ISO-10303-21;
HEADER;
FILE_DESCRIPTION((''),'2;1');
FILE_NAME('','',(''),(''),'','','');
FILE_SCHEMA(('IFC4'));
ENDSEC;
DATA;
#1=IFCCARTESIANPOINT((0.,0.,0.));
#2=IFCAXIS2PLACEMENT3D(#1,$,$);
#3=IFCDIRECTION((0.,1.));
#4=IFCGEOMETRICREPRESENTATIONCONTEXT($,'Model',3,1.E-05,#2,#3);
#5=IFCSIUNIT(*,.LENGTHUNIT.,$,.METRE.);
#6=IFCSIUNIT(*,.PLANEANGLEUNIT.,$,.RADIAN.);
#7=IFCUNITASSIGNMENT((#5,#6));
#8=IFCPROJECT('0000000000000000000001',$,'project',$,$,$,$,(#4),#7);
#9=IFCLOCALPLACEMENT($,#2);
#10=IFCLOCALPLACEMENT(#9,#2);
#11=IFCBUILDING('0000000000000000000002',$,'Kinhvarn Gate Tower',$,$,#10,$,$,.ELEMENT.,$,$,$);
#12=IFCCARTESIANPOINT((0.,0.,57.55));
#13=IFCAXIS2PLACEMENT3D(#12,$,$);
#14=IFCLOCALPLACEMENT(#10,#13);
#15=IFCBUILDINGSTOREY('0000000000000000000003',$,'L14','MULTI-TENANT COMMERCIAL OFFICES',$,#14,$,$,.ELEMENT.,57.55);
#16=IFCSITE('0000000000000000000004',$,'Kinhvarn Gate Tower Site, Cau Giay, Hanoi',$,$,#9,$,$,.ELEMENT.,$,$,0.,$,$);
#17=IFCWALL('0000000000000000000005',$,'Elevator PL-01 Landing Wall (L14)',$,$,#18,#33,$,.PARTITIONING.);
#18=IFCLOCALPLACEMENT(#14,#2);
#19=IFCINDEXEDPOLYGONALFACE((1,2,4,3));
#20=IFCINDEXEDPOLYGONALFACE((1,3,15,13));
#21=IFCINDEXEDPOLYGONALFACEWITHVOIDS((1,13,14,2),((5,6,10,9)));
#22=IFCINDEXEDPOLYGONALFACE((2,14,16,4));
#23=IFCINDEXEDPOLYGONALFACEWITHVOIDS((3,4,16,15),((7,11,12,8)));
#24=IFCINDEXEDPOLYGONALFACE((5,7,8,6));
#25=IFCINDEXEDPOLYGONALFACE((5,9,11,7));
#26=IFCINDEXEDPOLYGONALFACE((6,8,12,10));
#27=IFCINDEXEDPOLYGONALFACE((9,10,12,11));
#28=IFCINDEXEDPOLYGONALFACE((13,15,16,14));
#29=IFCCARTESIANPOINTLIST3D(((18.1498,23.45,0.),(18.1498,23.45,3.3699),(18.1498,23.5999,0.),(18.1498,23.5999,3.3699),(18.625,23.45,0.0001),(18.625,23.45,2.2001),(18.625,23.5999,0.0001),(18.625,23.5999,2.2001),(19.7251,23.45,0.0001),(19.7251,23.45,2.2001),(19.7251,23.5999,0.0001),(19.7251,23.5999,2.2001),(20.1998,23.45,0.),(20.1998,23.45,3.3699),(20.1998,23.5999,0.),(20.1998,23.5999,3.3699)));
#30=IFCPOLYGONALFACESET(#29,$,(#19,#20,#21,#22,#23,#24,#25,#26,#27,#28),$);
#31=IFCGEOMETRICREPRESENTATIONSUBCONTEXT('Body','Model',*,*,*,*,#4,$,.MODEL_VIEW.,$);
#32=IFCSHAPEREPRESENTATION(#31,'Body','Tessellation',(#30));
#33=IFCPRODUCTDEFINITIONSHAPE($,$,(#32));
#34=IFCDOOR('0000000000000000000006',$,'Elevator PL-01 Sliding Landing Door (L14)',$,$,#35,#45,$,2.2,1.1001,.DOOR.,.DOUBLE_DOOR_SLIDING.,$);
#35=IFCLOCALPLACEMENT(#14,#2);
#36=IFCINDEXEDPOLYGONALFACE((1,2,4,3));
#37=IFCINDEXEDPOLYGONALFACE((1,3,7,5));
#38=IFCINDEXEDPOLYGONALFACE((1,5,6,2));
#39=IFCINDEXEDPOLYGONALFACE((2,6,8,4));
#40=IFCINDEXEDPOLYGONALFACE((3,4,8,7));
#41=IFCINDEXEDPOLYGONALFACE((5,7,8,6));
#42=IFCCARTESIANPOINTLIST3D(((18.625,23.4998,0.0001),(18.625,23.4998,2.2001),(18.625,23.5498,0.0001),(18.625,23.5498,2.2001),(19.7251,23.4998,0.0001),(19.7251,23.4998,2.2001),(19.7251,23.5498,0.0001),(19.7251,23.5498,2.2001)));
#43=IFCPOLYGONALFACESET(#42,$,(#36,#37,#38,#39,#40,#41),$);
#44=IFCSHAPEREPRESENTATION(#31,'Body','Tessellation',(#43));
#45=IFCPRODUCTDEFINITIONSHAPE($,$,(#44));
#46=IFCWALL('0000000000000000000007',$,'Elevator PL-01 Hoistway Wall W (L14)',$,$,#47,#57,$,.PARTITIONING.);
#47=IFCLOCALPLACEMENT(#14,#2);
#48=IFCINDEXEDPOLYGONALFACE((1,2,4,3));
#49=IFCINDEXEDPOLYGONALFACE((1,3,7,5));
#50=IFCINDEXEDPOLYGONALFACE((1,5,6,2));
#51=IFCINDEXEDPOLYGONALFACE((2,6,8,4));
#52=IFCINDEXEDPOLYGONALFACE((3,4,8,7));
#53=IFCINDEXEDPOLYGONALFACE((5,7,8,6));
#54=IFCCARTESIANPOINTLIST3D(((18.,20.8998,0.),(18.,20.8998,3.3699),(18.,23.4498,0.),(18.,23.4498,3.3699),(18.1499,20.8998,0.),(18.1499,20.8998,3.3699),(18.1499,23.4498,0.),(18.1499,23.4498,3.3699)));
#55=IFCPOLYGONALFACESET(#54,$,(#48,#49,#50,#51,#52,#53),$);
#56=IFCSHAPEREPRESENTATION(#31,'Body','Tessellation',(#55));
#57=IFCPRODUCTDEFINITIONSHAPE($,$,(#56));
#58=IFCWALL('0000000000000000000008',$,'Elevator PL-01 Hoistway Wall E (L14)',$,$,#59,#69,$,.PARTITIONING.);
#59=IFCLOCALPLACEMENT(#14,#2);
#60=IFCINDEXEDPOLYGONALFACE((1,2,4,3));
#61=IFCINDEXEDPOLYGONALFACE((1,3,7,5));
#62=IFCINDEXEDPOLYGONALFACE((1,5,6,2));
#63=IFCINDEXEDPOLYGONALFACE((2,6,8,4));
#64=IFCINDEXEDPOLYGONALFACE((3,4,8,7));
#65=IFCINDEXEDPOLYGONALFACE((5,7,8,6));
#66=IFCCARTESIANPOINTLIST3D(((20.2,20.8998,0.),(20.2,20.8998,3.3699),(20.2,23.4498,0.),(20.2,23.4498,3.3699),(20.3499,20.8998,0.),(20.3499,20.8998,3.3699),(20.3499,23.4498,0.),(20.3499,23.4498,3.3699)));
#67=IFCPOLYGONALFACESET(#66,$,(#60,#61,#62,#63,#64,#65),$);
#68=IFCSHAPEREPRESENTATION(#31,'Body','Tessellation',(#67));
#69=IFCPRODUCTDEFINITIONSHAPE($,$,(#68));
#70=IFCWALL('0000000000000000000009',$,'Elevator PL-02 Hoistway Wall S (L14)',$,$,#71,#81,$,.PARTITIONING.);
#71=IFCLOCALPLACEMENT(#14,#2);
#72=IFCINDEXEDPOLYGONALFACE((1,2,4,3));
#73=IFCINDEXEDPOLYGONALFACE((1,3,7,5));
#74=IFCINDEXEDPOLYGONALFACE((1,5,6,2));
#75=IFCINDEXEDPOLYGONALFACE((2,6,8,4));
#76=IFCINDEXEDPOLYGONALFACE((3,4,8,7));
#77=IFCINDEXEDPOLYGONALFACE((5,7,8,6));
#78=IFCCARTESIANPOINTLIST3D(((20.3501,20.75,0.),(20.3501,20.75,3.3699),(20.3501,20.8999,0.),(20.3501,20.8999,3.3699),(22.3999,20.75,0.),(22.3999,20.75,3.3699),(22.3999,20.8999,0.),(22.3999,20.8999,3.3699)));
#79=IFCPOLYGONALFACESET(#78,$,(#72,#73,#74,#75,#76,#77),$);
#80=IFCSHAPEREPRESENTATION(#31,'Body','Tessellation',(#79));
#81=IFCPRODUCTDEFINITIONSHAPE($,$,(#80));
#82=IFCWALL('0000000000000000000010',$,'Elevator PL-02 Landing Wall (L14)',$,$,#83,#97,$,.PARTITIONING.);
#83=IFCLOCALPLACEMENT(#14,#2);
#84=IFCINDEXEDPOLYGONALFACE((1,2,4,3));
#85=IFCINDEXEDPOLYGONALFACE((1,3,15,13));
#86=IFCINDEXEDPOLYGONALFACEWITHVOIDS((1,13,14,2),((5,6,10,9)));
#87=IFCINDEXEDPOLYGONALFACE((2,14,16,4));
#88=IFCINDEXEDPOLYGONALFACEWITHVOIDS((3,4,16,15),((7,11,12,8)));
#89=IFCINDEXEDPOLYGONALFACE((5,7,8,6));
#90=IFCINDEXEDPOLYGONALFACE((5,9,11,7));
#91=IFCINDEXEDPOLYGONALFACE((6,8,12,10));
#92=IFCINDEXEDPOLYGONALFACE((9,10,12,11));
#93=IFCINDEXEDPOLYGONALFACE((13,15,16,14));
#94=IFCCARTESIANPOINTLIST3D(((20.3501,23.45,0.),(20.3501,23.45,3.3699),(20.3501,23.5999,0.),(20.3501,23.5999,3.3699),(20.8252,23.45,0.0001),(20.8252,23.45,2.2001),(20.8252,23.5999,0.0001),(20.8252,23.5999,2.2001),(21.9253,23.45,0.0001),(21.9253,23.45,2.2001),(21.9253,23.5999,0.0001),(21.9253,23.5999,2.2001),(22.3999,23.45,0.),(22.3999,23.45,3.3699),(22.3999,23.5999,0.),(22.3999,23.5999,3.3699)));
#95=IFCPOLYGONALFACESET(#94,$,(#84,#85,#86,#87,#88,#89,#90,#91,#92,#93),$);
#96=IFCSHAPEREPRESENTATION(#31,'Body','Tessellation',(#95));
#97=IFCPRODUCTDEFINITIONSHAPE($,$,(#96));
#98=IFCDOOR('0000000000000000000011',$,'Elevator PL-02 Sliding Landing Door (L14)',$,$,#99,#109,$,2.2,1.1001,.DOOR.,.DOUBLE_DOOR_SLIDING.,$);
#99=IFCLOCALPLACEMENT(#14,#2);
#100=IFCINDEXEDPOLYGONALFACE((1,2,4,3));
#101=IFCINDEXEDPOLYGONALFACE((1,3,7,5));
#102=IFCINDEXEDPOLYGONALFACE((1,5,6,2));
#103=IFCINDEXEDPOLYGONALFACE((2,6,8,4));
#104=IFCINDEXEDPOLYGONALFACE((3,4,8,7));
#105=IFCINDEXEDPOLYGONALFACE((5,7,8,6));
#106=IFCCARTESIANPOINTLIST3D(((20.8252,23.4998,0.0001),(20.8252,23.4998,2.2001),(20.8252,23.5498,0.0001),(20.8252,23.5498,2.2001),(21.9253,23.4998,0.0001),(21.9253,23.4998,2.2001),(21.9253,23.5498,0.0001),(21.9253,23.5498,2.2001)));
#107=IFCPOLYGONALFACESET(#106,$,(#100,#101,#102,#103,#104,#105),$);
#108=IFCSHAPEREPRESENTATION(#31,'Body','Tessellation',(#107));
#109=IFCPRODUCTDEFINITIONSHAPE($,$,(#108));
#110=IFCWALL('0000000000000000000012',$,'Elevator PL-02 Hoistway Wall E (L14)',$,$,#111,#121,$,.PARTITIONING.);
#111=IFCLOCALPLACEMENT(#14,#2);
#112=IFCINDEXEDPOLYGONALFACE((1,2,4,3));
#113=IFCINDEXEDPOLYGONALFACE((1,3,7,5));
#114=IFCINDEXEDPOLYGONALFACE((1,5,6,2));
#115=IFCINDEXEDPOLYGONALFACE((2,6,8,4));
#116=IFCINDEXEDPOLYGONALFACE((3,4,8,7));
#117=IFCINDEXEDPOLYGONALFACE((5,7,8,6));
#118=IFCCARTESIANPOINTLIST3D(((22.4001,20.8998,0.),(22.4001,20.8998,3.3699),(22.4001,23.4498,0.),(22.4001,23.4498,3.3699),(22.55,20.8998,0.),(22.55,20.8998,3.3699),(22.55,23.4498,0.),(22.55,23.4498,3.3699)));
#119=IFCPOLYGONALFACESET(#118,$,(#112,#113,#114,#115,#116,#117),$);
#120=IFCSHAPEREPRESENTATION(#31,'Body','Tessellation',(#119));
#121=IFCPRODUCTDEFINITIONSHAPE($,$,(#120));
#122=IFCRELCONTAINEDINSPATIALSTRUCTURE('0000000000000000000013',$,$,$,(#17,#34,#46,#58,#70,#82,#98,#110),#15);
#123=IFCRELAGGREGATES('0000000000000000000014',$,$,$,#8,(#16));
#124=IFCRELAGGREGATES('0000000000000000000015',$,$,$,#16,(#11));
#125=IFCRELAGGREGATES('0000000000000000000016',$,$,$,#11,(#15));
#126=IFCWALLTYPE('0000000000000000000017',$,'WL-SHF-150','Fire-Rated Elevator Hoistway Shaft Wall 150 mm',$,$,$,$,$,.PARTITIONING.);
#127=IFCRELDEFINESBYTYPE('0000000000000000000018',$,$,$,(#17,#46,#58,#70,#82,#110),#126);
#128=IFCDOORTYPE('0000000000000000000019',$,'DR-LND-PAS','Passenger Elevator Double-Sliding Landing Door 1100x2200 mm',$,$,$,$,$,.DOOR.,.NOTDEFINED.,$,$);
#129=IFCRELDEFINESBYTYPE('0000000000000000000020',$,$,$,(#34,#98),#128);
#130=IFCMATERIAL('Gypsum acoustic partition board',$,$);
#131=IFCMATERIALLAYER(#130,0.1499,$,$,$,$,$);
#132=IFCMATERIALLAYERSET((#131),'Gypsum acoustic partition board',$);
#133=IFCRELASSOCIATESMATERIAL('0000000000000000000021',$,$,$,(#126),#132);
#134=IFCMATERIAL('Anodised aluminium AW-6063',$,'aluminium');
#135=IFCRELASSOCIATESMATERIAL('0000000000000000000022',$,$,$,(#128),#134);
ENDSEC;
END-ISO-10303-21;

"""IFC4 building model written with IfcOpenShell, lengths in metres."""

from ifc_helpers import new_model, si_unit, direction, frame, frame_2d, origin, place, context, subcontext, project, spatial, rectangle, extrude, material, layer, layer_set, type_object, element, fill, save


model = new_model("IFC4")

# Units and contexts
model_context = context("Model", 3, precision=1e-05, world=origin(), true_north=direction((0.0, 1.0)))
body_context = subcontext(model_context, "Body", "Model", "MODEL_VIEW")
ifc_project = project(units=[si_unit("LENGTHUNIT", "METRE"), si_unit("PLANEANGLEUNIT", "RADIAN")], contexts=[model_context])

# Site, building, storey
site_placement = place(None, origin())
site = spatial("IfcSite", under=ifc_project, at=site_placement, Name="Kinhvarn Gate Tower Site, Cau Giay, Hanoi", CompositionType="ELEMENT", RefElevation=0.0)
building_placement = place(site_placement, origin())
building = spatial("IfcBuilding", under=site, at=building_placement, Name="Kinhvarn Gate Tower", CompositionType="ELEMENT")
storey_placement = place(building_placement, frame((0.0, 0.0, 57.55)))
storey = spatial("IfcBuildingStorey", under=building, at=storey_placement, Name="L14", Description="MULTI-TENANT COMMERCIAL OFFICES", CompositionType="ELEMENT", Elevation=57.55)

# Shared definitions
ifc_material_1 = material(Name="Gypsum acoustic partition board")

# Shared definitions
ifc_material_2 = material(Name="Anodised aluminium AW-6063", Category="aluminium")

# Shared definitions
ifc_layer_1 = layer(ifc_material_1, 0.1499)
ifc_layer_set_1 = layer_set([ifc_layer_1], Name="Gypsum acoustic partition board")
wall_type_1 = type_object("IfcWallType", Name="WL-SHF-150", Description="Fire-Rated Elevator Hoistway Shaft Wall 150 mm", PredefinedType="PARTITIONING", material=ifc_layer_set_1)

# Wall, opening, door
wall_1_placement = place(storey_placement, frame((18.1499, 23.5249, 0.0), z_axis=(0.0, 0.0, 1.0), x_axis=(1.0, 0.0, 0.0)))
wall_1 = element("IfcWall", 1, at=wall_1_placement, inside=storey, type_object=wall_type_1, Name="Elevator PL-01 Landing Wall (L14)", PredefinedType="PARTITIONING", context=body_context, shape_type="SweptSolid", body=[
    extrude(rectangle(XDim=2.05, YDim=0.1499, at=frame_2d((1.0249, 0.0))), origin(), (0.0, 0.0, 1.0), 3.3699),
])
opening_1_placement = place(wall_1_placement, frame((0.4751, 0.0, 0.0)))
opening_1 = element("IfcOpeningElement", 2, at=opening_1_placement, cuts=wall_1, PredefinedType="OPENING", context=body_context, shape_type="SweptSolid", body=[
    extrude(rectangle(XDim=1.1001, YDim=2.2, at=frame_2d((0.55, 1.1001))), frame((0.0, 0.085, 0.0), z_axis=(0.0, -1.0, 0.0), x_axis=(1.0, 0.0, 0.0)), (0.0, 0.0, 1.0), 0.1699),
])
door_type_1 = type_object("IfcDoorType", Name="DR-LND-PAS", Description="Passenger Elevator Double-Sliding Landing Door 1100x2200 mm", OperationType="NOTDEFINED", PredefinedType="DOOR", material=ifc_material_2)
door_1_placement = place(opening_1_placement, origin())
door_1 = element("IfcDoor", 3, at=door_1_placement, inside=storey, type_object=door_type_1, Name="Elevator PL-01 Sliding Landing Door (L14)", OperationType="DOUBLE_DOOR_SLIDING", OverallHeight=2.2, OverallWidth=1.1001, PredefinedType="DOOR", context=body_context, shape_type="SweptSolid", body=[
    extrude(rectangle(XDim=1.1001, YDim=2.2, at=frame_2d((0.55, 1.1001))), frame((0.0, 0.0249, 0.0), z_axis=(0.0, -1.0, 0.0), x_axis=(1.0, 0.0, 0.0)), (0.0, 0.0, 1.0), 0.05),
])
fill(opening_1, door_1)

# Walls
for number, where, z_axis, x_axis, name in (
    (4, (18.075, 20.8999, 0.0), (0.0, 0.0, 1.0), (0.0, 1.0, 0.0), "Elevator PL-01 Hoistway Wall W (L14)"),
    (5, (20.2749, 20.8999, 0.0), (0.0, 0.0, 1.0), (0.0, 1.0, 0.0), "Elevator PL-01 Hoistway Wall E (L14)"),
):
    element("IfcWall", number, at=place(storey_placement, frame(where, z_axis=z_axis, x_axis=x_axis)), inside=storey, type_object=wall_type_1, Name=name, PredefinedType="PARTITIONING", context=body_context, shape_type="SweptSolid", body=[
        extrude(rectangle(XDim=2.55, YDim=0.1499, at=frame_2d((1.2749, 0.0))), origin(), (0.0, 0.0, 1.0), 3.3699),
    ])
wall_2_placement = place(storey_placement, frame((20.3501, 20.825, 0.0), z_axis=(0.0, 0.0, 1.0), x_axis=(1.0, 0.0, 0.0)))
element("IfcWall", 6, at=wall_2_placement, inside=storey, type_object=wall_type_1, Name="Elevator PL-02 Hoistway Wall S (L14)", PredefinedType="PARTITIONING", context=body_context, shape_type="SweptSolid", body=[
    extrude(rectangle(XDim=2.0498, YDim=0.1499, at=frame_2d((1.0249, 0.0))), origin(), (0.0, 0.0, 1.0), 3.3699),
])

# Wall, opening, door
wall_3_placement = place(storey_placement, frame((20.3501, 23.5249, 0.0), z_axis=(0.0, 0.0, 1.0), x_axis=(1.0, 0.0, 0.0)))
wall_3 = element("IfcWall", 7, at=wall_3_placement, inside=storey, type_object=wall_type_1, Name="Elevator PL-02 Landing Wall (L14)", PredefinedType="PARTITIONING", context=body_context, shape_type="SweptSolid", body=[
    extrude(rectangle(XDim=2.0498, YDim=0.1499, at=frame_2d((1.0249, 0.0))), origin(), (0.0, 0.0, 1.0), 3.3699),
])
opening_2_placement = place(wall_3_placement, frame((0.4751, 0.0, 0.0)))
opening_2 = element("IfcOpeningElement", 8, at=opening_2_placement, cuts=wall_3, PredefinedType="OPENING", context=body_context, shape_type="SweptSolid", body=[
    extrude(rectangle(XDim=1.1001, YDim=2.2, at=frame_2d((0.55, 1.1001))), frame((0.0, 0.085, 0.0), z_axis=(0.0, -1.0, 0.0), x_axis=(1.0, 0.0, 0.0)), (0.0, 0.0, 1.0), 0.1699),
])
door_2_placement = place(opening_2_placement, origin())
door_2 = element("IfcDoor", 9, at=door_2_placement, inside=storey, type_object=door_type_1, Name="Elevator PL-02 Sliding Landing Door (L14)", OperationType="DOUBLE_DOOR_SLIDING", OverallHeight=2.2, OverallWidth=1.1001, PredefinedType="DOOR", context=body_context, shape_type="SweptSolid", body=[
    extrude(rectangle(XDim=1.1001, YDim=2.2, at=frame_2d((0.55, 1.1001))), frame((0.0, 0.0249, 0.0), z_axis=(0.0, -1.0, 0.0), x_axis=(1.0, 0.0, 0.0)), (0.0, 0.0, 1.0), 0.05),
])
fill(opening_2, door_2)

# Wall
wall_4_placement = place(storey_placement, frame((22.4751, 20.8999, 0.0), z_axis=(0.0, 0.0, 1.0), x_axis=(0.0, 1.0, 0.0)))
element("IfcWall", 10, at=wall_4_placement, inside=storey, type_object=wall_type_1, Name="Elevator PL-02 Hoistway Wall E (L14)", PredefinedType="PARTITIONING", context=body_context, shape_type="SweptSolid", body=[
    extrude(rectangle(XDim=2.55, YDim=0.1499, at=frame_2d((1.2749, 0.0))), origin(), (0.0, 0.0, 1.0), 3.3699),
])

save(model, "model.ifc")
